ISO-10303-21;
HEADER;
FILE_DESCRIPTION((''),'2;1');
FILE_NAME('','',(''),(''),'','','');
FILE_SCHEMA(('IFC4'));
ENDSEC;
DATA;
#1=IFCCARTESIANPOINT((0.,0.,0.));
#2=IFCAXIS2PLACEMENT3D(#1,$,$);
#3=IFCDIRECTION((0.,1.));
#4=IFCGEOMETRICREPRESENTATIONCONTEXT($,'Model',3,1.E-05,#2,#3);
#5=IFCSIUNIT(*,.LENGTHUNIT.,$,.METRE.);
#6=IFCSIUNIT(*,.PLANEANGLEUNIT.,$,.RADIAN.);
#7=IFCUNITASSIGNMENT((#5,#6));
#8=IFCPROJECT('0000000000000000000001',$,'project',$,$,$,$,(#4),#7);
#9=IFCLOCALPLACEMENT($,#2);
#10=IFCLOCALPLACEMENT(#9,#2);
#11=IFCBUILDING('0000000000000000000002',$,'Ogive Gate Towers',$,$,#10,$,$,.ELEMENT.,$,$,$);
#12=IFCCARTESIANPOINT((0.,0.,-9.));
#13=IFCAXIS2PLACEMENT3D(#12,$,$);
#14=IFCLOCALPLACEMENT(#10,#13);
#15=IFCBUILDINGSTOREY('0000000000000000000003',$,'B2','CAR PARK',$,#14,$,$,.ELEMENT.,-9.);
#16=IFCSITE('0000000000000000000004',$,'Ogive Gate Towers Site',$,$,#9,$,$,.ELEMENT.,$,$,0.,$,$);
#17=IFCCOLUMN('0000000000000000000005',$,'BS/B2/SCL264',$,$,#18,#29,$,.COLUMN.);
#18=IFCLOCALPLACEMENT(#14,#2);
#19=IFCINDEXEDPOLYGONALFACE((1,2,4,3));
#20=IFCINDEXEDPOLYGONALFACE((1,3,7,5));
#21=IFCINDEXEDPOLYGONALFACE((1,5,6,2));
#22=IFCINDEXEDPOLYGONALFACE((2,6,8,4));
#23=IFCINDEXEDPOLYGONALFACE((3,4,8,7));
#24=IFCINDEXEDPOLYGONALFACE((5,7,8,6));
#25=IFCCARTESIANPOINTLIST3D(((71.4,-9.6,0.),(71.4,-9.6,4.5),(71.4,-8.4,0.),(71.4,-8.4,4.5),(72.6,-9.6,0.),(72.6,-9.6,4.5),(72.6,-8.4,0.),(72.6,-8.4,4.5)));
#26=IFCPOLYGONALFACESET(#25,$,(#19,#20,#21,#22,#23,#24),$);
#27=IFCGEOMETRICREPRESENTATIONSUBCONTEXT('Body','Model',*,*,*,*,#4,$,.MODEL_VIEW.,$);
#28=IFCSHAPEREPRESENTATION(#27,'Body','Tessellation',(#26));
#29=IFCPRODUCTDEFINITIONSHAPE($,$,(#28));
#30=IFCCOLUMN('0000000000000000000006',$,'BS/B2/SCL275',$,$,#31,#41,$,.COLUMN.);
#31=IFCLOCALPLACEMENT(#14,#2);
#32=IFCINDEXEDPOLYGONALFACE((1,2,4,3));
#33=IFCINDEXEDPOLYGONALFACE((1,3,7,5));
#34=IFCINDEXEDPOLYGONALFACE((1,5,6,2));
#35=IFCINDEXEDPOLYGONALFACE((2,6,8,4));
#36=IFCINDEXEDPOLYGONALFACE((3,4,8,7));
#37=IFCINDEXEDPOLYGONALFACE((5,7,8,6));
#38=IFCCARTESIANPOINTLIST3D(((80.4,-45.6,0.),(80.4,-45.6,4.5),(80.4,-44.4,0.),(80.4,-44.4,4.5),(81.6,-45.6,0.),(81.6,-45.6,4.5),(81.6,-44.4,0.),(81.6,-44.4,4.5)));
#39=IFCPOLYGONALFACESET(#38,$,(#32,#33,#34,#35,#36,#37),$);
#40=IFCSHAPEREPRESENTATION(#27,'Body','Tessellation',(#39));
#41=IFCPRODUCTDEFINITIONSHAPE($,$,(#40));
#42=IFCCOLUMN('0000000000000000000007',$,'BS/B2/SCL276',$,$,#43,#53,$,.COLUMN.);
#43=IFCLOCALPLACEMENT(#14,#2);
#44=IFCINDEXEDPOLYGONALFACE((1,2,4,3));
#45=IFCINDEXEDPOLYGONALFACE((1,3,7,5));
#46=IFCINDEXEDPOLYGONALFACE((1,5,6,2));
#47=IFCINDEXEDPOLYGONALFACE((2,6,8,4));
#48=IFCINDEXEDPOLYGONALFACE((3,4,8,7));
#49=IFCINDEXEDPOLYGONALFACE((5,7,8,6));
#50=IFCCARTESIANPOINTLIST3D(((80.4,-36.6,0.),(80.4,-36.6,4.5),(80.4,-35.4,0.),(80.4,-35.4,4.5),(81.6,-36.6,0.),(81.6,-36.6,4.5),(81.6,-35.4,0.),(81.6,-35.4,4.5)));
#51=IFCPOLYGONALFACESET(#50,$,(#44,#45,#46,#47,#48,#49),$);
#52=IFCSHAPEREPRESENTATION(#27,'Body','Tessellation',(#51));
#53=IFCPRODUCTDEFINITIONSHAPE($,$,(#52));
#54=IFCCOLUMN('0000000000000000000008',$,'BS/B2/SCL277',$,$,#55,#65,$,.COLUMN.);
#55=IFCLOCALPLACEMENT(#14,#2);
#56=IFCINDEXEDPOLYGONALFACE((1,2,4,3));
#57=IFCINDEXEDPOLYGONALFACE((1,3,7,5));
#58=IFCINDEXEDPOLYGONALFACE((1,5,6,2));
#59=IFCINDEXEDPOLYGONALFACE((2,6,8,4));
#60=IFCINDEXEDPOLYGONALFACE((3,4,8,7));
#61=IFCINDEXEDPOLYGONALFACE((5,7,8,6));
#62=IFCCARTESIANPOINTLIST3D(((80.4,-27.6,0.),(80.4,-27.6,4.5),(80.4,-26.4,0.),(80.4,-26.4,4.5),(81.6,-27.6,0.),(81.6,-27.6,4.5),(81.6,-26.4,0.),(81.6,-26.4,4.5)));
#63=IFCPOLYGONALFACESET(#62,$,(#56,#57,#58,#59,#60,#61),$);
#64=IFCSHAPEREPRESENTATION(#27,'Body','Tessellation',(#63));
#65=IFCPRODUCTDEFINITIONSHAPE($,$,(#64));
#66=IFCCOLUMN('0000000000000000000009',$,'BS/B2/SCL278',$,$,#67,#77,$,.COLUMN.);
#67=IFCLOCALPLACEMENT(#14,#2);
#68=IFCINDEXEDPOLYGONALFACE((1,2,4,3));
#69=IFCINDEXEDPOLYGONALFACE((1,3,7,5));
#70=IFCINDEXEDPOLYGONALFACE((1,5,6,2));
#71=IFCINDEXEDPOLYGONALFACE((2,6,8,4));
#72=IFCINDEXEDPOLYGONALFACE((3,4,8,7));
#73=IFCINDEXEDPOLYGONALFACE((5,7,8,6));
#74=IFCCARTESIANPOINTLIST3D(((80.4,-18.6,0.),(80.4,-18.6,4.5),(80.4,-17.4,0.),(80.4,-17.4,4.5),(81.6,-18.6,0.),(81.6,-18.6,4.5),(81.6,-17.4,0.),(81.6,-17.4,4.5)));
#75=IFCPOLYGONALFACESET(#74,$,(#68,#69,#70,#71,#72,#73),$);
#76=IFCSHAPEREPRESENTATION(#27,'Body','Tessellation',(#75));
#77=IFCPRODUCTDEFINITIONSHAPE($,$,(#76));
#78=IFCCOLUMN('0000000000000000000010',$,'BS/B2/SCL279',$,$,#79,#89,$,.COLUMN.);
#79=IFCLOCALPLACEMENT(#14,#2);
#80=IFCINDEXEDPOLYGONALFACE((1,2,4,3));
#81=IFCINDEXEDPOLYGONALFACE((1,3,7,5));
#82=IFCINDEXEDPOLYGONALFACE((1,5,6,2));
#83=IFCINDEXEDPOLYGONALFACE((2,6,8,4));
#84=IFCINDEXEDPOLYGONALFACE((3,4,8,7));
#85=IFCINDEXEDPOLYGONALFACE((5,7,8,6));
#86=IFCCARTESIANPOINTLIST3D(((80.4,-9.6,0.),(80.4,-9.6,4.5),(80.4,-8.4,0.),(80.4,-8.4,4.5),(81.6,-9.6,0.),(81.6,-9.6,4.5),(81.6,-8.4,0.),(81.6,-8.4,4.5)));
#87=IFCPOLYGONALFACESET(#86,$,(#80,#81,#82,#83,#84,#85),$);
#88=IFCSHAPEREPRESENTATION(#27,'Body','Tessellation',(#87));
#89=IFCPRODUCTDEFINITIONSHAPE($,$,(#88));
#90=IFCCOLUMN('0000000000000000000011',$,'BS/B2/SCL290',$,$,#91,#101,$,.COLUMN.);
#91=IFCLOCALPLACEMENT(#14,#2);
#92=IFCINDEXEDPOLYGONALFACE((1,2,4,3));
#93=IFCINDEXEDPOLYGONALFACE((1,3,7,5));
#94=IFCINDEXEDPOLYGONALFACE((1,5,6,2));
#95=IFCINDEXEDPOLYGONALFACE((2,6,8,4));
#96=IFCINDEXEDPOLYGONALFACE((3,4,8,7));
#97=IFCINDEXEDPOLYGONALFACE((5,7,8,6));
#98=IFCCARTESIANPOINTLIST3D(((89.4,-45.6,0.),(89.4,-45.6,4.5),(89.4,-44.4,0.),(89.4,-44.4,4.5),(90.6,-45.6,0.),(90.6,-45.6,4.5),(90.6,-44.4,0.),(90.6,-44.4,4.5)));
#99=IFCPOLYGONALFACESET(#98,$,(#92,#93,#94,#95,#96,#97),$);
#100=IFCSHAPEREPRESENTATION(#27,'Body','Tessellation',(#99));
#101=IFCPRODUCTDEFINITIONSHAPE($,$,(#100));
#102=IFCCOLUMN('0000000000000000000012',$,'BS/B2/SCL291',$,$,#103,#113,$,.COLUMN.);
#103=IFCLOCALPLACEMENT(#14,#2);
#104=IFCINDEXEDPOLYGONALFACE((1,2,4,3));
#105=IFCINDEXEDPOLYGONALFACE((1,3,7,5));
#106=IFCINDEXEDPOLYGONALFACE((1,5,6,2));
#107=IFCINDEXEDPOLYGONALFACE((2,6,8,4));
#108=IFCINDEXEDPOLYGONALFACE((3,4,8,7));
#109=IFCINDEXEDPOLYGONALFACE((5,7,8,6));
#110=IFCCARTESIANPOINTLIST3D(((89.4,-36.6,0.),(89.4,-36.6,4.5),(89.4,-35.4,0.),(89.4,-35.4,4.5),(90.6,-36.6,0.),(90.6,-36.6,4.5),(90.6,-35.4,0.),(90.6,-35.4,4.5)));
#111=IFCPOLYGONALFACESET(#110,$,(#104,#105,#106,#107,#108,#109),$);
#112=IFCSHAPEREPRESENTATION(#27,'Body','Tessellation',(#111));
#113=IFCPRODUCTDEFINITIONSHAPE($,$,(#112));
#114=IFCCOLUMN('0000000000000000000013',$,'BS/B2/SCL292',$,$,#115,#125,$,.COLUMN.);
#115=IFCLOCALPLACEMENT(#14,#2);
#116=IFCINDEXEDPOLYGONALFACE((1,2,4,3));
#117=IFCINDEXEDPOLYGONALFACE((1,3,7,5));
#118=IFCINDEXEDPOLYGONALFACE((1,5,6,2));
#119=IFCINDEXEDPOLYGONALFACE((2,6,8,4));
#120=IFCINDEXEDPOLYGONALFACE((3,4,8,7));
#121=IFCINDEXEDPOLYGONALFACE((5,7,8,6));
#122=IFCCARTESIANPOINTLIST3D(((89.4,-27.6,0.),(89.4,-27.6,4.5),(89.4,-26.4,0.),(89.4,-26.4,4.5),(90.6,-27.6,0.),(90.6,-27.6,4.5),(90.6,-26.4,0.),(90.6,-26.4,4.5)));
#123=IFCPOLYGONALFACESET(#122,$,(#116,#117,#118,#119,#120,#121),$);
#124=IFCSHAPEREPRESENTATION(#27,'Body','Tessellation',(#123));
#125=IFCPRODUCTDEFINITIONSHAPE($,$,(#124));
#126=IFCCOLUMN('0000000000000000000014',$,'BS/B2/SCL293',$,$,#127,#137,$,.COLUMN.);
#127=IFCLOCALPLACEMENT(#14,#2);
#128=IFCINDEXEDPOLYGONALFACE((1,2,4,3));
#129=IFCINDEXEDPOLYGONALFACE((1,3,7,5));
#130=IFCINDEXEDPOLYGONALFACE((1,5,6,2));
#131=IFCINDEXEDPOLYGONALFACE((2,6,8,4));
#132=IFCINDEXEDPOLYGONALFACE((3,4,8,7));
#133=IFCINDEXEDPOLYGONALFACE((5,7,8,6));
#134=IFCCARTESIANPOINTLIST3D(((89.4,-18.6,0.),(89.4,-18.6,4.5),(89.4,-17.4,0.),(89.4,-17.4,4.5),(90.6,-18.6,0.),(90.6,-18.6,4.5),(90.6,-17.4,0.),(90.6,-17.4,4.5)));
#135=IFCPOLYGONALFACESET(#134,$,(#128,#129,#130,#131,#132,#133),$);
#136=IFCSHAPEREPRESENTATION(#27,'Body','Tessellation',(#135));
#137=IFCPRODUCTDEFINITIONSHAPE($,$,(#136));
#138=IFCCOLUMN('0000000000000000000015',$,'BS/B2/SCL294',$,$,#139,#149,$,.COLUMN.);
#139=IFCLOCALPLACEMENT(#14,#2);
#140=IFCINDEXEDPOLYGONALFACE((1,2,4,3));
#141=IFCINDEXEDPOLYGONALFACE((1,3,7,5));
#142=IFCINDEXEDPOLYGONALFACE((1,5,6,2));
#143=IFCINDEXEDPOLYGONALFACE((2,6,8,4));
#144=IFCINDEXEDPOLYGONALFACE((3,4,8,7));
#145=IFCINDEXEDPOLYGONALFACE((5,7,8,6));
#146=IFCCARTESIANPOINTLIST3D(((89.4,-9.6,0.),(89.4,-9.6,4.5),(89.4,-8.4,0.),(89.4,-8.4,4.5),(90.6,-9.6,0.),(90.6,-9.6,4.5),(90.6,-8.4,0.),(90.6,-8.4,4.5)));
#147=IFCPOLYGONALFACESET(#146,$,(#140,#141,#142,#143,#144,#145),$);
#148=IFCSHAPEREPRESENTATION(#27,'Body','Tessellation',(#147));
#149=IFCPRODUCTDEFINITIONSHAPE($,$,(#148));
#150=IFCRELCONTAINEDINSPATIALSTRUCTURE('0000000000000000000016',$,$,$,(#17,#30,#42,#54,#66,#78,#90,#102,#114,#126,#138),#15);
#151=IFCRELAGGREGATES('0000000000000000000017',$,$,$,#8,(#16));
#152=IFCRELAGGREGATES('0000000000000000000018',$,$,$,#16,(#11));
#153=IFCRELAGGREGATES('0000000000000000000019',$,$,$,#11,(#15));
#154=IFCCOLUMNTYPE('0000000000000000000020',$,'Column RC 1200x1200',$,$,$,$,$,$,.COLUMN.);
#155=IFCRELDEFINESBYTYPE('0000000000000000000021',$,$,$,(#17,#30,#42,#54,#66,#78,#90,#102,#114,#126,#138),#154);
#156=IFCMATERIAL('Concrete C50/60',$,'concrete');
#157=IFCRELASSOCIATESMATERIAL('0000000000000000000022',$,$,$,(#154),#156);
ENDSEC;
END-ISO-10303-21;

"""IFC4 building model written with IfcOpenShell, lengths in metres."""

from ifc_helpers import new_model, si_unit, direction, frame, origin, origin_2d, place, context, subcontext, project, spatial, rectangle, extrude, material, material_profile, profile_set, type_object, element, save


model = new_model("IFC4")

# Units and contexts
model_context = context("Model", 3, precision=1e-05, world=origin(), true_north=direction((0.0, 1.0)))
body_context = subcontext(model_context, "Body", "Model", "MODEL_VIEW")
ifc_project = project(units=[si_unit("LENGTHUNIT", "METRE"), si_unit("PLANEANGLEUNIT", "RADIAN")], contexts=[model_context])

# Site, building, storey
site_placement = place(None, origin())
site = spatial("IfcSite", under=ifc_project, at=site_placement, Name="Ogive Gate Towers Site", CompositionType="ELEMENT", RefElevation=0.0)
building_placement = place(site_placement, origin())
building = spatial("IfcBuilding", under=site, at=building_placement, Name="Ogive Gate Towers", CompositionType="ELEMENT")
storey_placement = place(building_placement, frame((0.0, 0.0, -9.0)))
storey = spatial("IfcBuildingStorey", under=building, at=storey_placement, Name="B2", Description="CAR PARK", CompositionType="ELEMENT", Elevation=-9.0)

# Columns
ifc_material_1 = material(Name="Concrete C50/60", Category="concrete")
ifc_material_profile_1 = material_profile(ifc_material_1, rectangle(XDim=1.2, YDim=1.2, at=origin_2d()), Name="RC 1200x1200")
ifc_profile_set_1 = profile_set([ifc_material_profile_1], Name="Concrete C50/60")
column_type = type_object("IfcColumnType", Name="Column RC 1200x1200", PredefinedType="COLUMN", material=ifc_profile_set_1)
for number, where, z_axis, x_axis, name in (
    (1, (72.0, -9.0, 0.0), (0.0, 0.0, 1.0), (1.0, 0.0, 0.0), "BS/B2/SCL264"),
    (2, (81.0, -45.0, 0.0), (0.0, 0.0, 1.0), (1.0, 0.0, 0.0), "BS/B2/SCL275"),
    (3, (81.0, -36.0, 0.0), (0.0, 0.0, 1.0), (1.0, 0.0, 0.0), "BS/B2/SCL276"),
    (4, (81.0, -27.0, 0.0), (0.0, 0.0, 1.0), (1.0, 0.0, 0.0), "BS/B2/SCL277"),
    (5, (81.0, -18.0, 0.0), (0.0, 0.0, 1.0), (1.0, 0.0, 0.0), "BS/B2/SCL278"),
    (6, (81.0, -9.0, 0.0), (0.0, 0.0, 1.0), (1.0, 0.0, 0.0), "BS/B2/SCL279"),
    (7, (90.0, -45.0, 0.0), (0.0, 0.0, 1.0), (1.0, 0.0, 0.0), "BS/B2/SCL290"),
    (8, (90.0, -36.0, 0.0), (0.0, 0.0, 1.0), (1.0, 0.0, 0.0), "BS/B2/SCL291"),
    (9, (90.0, -27.0, 0.0), (0.0, 0.0, 1.0), (1.0, 0.0, 0.0), "BS/B2/SCL292"),
    (10, (90.0, -18.0, 0.0), (0.0, 0.0, 1.0), (1.0, 0.0, 0.0), "BS/B2/SCL293"),
    (11, (90.0, -9.0, 0.0), (0.0, 0.0, 1.0), (1.0, 0.0, 0.0), "BS/B2/SCL294"),
):
    element("IfcColumn", number, at=place(storey_placement, frame(where, z_axis=z_axis, x_axis=x_axis)), inside=storey, type_object=column_type, Name=name, PredefinedType="COLUMN", context=body_context, shape_type="SweptSolid", body=[
        extrude(rectangle(XDim=1.2, YDim=1.2, at=origin_2d()), origin(), (0.0, 0.0, 1.0), 4.5),
    ])

save(model, "model.ifc")
